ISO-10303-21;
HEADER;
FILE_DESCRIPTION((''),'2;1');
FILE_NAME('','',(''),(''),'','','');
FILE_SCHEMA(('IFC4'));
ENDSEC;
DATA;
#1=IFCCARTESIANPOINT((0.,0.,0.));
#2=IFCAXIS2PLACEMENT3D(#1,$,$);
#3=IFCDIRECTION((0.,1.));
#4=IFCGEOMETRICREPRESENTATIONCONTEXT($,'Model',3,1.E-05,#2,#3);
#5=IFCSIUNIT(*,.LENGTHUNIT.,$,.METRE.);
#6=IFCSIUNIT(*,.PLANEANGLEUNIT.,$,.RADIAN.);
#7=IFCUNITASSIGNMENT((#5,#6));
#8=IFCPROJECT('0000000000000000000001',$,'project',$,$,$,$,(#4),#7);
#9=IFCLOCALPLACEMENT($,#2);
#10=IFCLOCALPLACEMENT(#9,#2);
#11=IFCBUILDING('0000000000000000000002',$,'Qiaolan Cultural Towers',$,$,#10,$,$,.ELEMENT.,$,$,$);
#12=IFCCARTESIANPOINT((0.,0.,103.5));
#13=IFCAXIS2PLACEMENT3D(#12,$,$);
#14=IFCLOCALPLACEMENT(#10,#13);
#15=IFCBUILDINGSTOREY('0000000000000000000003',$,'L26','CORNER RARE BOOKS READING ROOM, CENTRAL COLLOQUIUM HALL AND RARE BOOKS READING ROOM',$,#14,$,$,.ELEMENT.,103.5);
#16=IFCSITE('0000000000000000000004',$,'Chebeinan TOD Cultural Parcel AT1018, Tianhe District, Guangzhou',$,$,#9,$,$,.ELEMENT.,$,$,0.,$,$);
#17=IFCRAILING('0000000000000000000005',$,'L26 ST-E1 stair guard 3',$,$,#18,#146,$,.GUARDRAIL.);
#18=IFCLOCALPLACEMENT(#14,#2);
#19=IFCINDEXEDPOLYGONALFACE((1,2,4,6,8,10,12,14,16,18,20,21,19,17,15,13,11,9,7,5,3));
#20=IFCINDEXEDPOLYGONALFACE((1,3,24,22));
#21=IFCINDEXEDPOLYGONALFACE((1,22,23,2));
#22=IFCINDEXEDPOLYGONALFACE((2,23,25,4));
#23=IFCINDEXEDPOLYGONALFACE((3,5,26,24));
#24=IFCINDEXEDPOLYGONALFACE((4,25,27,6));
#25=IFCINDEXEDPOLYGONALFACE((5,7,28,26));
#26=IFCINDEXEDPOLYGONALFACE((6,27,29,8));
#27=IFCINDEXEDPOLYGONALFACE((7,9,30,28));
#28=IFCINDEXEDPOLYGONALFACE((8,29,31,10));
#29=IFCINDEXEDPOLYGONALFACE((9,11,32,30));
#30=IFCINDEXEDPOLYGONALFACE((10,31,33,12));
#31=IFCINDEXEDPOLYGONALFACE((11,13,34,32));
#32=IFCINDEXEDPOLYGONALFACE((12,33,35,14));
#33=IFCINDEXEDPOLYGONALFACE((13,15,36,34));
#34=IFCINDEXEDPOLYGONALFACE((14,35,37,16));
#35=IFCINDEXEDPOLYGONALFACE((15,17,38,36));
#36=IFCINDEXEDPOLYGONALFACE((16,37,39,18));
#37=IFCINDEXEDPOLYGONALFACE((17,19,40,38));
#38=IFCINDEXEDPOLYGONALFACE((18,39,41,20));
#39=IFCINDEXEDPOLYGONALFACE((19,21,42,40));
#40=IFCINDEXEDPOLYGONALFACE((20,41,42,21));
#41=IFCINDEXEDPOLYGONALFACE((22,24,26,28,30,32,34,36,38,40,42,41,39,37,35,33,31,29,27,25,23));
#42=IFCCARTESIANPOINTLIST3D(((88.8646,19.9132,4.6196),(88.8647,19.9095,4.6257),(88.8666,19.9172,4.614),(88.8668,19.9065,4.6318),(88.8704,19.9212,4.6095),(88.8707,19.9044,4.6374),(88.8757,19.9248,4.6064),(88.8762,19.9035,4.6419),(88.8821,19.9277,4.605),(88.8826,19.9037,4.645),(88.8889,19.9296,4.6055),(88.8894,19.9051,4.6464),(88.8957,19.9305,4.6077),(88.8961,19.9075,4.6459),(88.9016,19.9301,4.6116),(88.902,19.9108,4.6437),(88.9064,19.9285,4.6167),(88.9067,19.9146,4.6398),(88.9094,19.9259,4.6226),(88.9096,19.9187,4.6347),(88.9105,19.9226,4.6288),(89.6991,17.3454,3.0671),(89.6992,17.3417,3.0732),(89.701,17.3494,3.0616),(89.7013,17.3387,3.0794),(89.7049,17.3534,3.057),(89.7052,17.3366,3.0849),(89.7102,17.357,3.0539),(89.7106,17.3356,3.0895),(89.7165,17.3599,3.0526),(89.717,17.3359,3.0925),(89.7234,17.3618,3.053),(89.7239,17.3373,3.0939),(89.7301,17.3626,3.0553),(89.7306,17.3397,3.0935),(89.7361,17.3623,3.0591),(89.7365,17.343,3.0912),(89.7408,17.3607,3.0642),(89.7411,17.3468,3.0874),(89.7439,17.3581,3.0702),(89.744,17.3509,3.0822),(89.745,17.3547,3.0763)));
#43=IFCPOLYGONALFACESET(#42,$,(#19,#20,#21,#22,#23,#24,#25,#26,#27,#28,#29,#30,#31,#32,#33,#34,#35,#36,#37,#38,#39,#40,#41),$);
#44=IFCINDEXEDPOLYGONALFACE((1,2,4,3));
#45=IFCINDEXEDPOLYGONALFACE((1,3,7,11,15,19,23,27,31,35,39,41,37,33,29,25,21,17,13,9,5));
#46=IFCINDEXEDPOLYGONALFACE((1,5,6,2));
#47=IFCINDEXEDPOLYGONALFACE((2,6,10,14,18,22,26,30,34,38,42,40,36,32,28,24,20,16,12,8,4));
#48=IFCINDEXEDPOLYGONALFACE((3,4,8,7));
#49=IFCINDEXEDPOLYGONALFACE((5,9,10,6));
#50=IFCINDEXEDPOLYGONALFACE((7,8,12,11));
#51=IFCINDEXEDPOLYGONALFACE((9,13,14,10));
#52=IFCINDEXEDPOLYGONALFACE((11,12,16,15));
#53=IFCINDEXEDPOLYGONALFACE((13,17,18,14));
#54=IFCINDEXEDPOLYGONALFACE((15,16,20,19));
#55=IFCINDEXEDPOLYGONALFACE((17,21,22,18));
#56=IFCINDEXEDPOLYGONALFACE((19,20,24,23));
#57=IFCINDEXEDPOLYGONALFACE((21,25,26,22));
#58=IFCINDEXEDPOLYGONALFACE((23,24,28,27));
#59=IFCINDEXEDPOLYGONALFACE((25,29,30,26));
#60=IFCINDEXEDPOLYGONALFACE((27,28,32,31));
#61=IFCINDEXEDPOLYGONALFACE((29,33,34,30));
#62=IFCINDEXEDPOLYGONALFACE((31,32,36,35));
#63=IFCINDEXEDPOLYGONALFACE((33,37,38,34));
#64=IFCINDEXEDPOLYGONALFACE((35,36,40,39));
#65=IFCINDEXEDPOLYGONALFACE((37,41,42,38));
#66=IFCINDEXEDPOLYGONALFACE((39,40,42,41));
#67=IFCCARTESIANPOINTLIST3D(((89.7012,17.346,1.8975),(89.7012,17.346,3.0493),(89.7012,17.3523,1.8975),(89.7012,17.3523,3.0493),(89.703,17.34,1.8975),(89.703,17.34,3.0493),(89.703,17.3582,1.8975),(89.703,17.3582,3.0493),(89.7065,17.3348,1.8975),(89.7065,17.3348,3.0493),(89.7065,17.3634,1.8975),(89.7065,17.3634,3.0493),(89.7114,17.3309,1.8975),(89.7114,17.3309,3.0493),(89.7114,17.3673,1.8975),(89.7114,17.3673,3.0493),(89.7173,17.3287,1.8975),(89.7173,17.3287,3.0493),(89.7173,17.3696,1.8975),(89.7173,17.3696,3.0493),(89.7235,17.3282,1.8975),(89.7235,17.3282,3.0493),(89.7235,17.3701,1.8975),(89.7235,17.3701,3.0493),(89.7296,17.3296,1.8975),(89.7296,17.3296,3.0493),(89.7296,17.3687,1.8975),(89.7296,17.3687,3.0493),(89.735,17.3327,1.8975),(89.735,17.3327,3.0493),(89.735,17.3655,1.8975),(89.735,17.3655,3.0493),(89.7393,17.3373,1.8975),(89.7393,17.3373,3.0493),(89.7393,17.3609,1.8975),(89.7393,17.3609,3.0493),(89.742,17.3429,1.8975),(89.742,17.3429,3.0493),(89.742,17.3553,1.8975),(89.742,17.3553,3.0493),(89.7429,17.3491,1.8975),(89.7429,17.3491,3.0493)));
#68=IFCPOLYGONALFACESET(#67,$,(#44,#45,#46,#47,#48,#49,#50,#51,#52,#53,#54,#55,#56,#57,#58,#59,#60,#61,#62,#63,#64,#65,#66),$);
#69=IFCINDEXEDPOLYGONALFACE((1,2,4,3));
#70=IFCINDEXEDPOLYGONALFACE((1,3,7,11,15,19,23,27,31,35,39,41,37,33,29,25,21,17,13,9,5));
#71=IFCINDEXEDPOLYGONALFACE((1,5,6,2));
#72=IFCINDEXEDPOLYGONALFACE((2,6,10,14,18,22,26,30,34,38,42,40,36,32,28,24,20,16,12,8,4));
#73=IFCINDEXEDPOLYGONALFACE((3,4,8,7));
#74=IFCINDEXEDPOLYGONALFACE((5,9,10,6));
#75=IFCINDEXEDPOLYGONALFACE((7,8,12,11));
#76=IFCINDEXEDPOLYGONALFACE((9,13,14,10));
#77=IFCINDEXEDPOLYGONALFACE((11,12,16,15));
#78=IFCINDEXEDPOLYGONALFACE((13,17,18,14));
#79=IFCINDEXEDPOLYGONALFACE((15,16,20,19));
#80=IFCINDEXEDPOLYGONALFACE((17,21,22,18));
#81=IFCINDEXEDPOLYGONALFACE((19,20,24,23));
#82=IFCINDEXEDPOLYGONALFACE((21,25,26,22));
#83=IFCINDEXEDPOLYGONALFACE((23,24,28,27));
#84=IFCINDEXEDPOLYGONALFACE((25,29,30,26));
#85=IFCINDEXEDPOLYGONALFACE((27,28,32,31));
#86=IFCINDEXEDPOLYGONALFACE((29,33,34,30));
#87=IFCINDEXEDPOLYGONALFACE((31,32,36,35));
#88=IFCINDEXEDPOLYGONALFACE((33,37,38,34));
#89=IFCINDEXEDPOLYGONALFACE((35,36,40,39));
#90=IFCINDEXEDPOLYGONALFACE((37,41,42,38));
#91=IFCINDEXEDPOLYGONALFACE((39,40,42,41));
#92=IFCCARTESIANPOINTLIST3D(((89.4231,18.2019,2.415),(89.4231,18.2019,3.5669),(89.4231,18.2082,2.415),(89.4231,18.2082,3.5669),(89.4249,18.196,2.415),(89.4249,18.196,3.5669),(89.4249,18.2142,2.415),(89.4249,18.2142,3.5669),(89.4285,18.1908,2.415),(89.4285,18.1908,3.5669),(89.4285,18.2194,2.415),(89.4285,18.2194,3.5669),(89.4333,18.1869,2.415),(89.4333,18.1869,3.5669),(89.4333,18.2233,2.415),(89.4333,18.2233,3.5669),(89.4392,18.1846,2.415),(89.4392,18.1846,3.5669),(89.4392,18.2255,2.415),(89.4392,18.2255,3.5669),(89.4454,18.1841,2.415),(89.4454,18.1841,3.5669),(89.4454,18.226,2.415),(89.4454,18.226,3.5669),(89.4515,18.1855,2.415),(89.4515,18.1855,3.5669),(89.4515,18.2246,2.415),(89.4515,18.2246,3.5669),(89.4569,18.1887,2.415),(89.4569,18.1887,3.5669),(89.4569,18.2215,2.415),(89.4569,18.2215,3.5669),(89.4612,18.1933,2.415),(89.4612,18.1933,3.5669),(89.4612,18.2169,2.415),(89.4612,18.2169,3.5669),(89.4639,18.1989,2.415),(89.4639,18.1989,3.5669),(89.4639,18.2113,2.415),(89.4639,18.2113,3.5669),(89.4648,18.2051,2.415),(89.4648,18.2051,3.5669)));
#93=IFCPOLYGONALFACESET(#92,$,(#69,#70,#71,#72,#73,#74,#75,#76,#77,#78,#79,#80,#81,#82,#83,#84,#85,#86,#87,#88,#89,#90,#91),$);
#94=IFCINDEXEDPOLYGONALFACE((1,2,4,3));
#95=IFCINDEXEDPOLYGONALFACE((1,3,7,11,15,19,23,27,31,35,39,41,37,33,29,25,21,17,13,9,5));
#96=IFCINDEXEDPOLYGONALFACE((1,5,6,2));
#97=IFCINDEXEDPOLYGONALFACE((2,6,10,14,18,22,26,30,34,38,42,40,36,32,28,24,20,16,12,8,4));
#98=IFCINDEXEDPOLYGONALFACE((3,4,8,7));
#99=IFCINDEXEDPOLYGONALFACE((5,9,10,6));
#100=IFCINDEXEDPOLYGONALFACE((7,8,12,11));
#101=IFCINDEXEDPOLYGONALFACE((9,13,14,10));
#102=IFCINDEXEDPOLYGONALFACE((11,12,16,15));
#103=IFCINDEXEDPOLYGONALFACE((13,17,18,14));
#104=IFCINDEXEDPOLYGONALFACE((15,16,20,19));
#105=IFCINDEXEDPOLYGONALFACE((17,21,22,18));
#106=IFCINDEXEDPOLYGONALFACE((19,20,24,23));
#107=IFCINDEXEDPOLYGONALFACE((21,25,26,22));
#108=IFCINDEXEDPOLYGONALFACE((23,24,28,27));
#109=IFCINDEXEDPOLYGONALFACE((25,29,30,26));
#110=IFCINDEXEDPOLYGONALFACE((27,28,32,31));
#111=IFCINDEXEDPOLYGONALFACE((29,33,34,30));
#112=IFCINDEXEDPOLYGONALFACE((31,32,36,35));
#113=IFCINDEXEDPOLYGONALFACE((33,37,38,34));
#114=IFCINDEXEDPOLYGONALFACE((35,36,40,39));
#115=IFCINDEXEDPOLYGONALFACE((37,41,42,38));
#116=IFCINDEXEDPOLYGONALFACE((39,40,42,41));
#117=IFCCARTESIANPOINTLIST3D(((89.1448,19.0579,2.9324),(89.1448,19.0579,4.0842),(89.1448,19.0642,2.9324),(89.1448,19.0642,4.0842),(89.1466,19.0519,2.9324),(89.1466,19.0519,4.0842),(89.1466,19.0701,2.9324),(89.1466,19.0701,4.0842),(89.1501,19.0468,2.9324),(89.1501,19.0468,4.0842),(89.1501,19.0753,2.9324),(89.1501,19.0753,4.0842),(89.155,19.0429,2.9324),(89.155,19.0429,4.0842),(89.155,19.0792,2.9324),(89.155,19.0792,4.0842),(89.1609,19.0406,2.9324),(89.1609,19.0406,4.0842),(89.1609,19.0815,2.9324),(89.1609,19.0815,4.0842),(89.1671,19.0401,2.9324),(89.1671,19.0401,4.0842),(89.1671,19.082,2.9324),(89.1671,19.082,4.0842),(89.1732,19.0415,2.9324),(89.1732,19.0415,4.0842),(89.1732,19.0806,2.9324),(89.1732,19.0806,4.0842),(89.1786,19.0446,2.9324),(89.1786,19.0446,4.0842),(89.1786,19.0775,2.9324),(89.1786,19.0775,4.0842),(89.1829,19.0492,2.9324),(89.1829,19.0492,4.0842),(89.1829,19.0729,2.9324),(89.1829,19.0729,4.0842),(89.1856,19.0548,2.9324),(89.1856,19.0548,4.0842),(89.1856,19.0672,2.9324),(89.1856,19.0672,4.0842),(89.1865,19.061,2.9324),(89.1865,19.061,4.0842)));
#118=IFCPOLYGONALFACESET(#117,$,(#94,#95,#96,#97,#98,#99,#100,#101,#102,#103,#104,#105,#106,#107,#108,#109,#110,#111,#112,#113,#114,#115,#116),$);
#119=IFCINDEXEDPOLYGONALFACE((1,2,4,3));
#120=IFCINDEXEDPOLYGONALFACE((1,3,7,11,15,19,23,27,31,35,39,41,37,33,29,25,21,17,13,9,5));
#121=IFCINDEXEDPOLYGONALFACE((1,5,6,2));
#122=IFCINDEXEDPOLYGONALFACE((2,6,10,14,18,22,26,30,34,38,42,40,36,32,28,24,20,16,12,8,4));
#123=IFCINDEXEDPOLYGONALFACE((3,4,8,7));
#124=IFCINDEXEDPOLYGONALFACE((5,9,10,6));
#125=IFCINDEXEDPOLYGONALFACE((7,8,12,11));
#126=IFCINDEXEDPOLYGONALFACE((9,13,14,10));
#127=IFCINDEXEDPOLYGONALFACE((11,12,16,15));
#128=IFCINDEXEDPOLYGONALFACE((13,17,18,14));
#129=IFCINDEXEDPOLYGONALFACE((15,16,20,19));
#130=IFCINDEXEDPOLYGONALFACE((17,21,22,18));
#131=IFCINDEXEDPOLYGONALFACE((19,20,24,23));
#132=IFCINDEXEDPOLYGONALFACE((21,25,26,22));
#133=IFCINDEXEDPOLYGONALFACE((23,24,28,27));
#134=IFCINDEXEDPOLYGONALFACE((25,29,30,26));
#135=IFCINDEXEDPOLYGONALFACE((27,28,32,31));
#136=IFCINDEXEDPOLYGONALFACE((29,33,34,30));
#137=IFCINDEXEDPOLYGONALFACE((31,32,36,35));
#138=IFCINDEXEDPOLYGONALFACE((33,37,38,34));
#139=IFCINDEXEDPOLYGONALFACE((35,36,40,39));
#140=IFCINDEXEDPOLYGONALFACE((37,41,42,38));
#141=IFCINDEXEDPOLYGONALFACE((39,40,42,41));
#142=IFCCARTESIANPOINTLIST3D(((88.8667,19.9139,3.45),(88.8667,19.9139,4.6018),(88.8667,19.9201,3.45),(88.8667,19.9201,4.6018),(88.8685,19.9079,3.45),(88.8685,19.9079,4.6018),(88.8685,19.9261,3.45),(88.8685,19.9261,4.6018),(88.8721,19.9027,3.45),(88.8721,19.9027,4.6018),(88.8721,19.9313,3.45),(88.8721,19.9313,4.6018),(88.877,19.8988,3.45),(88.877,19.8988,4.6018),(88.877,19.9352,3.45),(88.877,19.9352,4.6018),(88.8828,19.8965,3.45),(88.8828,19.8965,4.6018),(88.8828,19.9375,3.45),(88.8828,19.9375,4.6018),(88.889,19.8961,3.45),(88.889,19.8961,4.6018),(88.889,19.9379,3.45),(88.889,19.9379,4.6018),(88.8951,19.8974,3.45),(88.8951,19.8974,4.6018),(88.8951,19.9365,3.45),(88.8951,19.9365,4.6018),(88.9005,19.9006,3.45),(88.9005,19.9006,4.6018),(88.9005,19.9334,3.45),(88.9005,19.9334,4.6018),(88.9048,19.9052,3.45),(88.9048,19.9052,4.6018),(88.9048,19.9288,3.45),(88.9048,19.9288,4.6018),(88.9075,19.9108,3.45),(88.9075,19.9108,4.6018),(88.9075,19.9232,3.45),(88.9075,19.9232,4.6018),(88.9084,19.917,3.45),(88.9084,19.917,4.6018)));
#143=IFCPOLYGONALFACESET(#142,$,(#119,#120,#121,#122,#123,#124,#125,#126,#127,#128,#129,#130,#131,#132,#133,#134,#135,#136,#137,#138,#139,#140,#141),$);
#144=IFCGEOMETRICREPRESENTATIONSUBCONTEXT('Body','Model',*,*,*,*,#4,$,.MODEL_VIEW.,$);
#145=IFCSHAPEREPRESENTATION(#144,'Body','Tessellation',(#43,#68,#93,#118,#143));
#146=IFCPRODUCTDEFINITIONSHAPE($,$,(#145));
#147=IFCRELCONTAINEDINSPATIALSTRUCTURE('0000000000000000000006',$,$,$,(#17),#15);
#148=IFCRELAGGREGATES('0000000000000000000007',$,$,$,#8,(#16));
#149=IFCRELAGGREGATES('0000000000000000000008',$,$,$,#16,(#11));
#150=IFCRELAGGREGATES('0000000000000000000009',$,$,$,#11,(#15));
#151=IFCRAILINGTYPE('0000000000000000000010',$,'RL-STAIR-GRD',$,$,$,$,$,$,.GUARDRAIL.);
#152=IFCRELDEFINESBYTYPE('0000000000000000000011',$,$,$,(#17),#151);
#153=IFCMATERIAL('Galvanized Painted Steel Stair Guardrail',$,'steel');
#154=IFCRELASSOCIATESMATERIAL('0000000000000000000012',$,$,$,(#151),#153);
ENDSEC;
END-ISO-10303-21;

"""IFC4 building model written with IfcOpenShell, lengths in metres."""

from ifc_helpers import new_model, si_unit, direction, frame, origin, origin_2d, place, context, subcontext, project, spatial, circle, extrude, material, type_object, element, save


model = new_model("IFC4")

# Units and contexts
model_context = context("Model", 3, precision=1e-05, world=origin(), true_north=direction((0.0, 1.0)))
body_context = subcontext(model_context, "Body", "Model", "MODEL_VIEW")
ifc_project = project(units=[si_unit("LENGTHUNIT", "METRE"), si_unit("PLANEANGLEUNIT", "RADIAN")], contexts=[model_context])

# Site, building, storey
site_placement = place(None, origin())
site = spatial("IfcSite", under=ifc_project, at=site_placement, Name="Chebeinan TOD Cultural Parcel AT1018, Tianhe District, Guangzhou", CompositionType="ELEMENT", RefElevation=0.0)
building_placement = place(site_placement, origin())
building = spatial("IfcBuilding", under=site, at=building_placement, Name="Qiaolan Cultural Towers", CompositionType="ELEMENT")
storey_placement = place(building_placement, frame((0.0, 0.0, 103.5)))
storey = spatial("IfcBuildingStorey", under=building, at=storey_placement, Name="L26", Description="CORNER RARE BOOKS READING ROOM, CENTRAL COLLOQUIUM HALL AND RARE BOOKS READING ROOM", CompositionType="ELEMENT", Elevation=103.5)

# Railing
ifc_material_1 = material(Name="Galvanized Painted Steel Stair Guardrail", Category="steel")
railing_type_1 = type_object("IfcRailingType", Name="RL-STAIR-GRD", PredefinedType="GUARDRAIL", material=ifc_material_1)
railing_1_placement = place(storey_placement, frame((89.7219, 17.3491, 1.8975)))
element("IfcRailing", 1, at=railing_1_placement, inside=storey, type_object=railing_type_1, Name="L26 ST-E1 stair guard 3", PredefinedType="GUARDRAIL", context=body_context, shape_type="SweptSolid", body=[
    extrude(circle(Radius=0.0239, at=origin_2d()), frame((0.0, 0.0, 1.1758), z_axis=(-0.267926, 0.824471, 0.498461), x_axis=(-0.951043, -0.309057, 0.0)), (0.0, 0.0, 1.0), 3.1145),
    extrude(circle(Radius=0.021, at=origin_2d()), origin(), (0.0, 0.0, 1.0), 1.1519),
    extrude(circle(Radius=0.021, at=origin_2d()), frame((-0.2781, 0.856, 0.5176)), (0.0, 0.0, 1.0), 1.1519),
    extrude(circle(Radius=0.021, at=origin_2d()), frame((-0.5564, 1.7119, 1.0349)), (0.0, 0.0, 1.0), 1.1519),
    extrude(circle(Radius=0.021, at=origin_2d()), frame((-0.8345, 2.5679, 1.5525)), (0.0, 0.0, 1.0), 1.1519),
])

save(model, "model.ifc")
